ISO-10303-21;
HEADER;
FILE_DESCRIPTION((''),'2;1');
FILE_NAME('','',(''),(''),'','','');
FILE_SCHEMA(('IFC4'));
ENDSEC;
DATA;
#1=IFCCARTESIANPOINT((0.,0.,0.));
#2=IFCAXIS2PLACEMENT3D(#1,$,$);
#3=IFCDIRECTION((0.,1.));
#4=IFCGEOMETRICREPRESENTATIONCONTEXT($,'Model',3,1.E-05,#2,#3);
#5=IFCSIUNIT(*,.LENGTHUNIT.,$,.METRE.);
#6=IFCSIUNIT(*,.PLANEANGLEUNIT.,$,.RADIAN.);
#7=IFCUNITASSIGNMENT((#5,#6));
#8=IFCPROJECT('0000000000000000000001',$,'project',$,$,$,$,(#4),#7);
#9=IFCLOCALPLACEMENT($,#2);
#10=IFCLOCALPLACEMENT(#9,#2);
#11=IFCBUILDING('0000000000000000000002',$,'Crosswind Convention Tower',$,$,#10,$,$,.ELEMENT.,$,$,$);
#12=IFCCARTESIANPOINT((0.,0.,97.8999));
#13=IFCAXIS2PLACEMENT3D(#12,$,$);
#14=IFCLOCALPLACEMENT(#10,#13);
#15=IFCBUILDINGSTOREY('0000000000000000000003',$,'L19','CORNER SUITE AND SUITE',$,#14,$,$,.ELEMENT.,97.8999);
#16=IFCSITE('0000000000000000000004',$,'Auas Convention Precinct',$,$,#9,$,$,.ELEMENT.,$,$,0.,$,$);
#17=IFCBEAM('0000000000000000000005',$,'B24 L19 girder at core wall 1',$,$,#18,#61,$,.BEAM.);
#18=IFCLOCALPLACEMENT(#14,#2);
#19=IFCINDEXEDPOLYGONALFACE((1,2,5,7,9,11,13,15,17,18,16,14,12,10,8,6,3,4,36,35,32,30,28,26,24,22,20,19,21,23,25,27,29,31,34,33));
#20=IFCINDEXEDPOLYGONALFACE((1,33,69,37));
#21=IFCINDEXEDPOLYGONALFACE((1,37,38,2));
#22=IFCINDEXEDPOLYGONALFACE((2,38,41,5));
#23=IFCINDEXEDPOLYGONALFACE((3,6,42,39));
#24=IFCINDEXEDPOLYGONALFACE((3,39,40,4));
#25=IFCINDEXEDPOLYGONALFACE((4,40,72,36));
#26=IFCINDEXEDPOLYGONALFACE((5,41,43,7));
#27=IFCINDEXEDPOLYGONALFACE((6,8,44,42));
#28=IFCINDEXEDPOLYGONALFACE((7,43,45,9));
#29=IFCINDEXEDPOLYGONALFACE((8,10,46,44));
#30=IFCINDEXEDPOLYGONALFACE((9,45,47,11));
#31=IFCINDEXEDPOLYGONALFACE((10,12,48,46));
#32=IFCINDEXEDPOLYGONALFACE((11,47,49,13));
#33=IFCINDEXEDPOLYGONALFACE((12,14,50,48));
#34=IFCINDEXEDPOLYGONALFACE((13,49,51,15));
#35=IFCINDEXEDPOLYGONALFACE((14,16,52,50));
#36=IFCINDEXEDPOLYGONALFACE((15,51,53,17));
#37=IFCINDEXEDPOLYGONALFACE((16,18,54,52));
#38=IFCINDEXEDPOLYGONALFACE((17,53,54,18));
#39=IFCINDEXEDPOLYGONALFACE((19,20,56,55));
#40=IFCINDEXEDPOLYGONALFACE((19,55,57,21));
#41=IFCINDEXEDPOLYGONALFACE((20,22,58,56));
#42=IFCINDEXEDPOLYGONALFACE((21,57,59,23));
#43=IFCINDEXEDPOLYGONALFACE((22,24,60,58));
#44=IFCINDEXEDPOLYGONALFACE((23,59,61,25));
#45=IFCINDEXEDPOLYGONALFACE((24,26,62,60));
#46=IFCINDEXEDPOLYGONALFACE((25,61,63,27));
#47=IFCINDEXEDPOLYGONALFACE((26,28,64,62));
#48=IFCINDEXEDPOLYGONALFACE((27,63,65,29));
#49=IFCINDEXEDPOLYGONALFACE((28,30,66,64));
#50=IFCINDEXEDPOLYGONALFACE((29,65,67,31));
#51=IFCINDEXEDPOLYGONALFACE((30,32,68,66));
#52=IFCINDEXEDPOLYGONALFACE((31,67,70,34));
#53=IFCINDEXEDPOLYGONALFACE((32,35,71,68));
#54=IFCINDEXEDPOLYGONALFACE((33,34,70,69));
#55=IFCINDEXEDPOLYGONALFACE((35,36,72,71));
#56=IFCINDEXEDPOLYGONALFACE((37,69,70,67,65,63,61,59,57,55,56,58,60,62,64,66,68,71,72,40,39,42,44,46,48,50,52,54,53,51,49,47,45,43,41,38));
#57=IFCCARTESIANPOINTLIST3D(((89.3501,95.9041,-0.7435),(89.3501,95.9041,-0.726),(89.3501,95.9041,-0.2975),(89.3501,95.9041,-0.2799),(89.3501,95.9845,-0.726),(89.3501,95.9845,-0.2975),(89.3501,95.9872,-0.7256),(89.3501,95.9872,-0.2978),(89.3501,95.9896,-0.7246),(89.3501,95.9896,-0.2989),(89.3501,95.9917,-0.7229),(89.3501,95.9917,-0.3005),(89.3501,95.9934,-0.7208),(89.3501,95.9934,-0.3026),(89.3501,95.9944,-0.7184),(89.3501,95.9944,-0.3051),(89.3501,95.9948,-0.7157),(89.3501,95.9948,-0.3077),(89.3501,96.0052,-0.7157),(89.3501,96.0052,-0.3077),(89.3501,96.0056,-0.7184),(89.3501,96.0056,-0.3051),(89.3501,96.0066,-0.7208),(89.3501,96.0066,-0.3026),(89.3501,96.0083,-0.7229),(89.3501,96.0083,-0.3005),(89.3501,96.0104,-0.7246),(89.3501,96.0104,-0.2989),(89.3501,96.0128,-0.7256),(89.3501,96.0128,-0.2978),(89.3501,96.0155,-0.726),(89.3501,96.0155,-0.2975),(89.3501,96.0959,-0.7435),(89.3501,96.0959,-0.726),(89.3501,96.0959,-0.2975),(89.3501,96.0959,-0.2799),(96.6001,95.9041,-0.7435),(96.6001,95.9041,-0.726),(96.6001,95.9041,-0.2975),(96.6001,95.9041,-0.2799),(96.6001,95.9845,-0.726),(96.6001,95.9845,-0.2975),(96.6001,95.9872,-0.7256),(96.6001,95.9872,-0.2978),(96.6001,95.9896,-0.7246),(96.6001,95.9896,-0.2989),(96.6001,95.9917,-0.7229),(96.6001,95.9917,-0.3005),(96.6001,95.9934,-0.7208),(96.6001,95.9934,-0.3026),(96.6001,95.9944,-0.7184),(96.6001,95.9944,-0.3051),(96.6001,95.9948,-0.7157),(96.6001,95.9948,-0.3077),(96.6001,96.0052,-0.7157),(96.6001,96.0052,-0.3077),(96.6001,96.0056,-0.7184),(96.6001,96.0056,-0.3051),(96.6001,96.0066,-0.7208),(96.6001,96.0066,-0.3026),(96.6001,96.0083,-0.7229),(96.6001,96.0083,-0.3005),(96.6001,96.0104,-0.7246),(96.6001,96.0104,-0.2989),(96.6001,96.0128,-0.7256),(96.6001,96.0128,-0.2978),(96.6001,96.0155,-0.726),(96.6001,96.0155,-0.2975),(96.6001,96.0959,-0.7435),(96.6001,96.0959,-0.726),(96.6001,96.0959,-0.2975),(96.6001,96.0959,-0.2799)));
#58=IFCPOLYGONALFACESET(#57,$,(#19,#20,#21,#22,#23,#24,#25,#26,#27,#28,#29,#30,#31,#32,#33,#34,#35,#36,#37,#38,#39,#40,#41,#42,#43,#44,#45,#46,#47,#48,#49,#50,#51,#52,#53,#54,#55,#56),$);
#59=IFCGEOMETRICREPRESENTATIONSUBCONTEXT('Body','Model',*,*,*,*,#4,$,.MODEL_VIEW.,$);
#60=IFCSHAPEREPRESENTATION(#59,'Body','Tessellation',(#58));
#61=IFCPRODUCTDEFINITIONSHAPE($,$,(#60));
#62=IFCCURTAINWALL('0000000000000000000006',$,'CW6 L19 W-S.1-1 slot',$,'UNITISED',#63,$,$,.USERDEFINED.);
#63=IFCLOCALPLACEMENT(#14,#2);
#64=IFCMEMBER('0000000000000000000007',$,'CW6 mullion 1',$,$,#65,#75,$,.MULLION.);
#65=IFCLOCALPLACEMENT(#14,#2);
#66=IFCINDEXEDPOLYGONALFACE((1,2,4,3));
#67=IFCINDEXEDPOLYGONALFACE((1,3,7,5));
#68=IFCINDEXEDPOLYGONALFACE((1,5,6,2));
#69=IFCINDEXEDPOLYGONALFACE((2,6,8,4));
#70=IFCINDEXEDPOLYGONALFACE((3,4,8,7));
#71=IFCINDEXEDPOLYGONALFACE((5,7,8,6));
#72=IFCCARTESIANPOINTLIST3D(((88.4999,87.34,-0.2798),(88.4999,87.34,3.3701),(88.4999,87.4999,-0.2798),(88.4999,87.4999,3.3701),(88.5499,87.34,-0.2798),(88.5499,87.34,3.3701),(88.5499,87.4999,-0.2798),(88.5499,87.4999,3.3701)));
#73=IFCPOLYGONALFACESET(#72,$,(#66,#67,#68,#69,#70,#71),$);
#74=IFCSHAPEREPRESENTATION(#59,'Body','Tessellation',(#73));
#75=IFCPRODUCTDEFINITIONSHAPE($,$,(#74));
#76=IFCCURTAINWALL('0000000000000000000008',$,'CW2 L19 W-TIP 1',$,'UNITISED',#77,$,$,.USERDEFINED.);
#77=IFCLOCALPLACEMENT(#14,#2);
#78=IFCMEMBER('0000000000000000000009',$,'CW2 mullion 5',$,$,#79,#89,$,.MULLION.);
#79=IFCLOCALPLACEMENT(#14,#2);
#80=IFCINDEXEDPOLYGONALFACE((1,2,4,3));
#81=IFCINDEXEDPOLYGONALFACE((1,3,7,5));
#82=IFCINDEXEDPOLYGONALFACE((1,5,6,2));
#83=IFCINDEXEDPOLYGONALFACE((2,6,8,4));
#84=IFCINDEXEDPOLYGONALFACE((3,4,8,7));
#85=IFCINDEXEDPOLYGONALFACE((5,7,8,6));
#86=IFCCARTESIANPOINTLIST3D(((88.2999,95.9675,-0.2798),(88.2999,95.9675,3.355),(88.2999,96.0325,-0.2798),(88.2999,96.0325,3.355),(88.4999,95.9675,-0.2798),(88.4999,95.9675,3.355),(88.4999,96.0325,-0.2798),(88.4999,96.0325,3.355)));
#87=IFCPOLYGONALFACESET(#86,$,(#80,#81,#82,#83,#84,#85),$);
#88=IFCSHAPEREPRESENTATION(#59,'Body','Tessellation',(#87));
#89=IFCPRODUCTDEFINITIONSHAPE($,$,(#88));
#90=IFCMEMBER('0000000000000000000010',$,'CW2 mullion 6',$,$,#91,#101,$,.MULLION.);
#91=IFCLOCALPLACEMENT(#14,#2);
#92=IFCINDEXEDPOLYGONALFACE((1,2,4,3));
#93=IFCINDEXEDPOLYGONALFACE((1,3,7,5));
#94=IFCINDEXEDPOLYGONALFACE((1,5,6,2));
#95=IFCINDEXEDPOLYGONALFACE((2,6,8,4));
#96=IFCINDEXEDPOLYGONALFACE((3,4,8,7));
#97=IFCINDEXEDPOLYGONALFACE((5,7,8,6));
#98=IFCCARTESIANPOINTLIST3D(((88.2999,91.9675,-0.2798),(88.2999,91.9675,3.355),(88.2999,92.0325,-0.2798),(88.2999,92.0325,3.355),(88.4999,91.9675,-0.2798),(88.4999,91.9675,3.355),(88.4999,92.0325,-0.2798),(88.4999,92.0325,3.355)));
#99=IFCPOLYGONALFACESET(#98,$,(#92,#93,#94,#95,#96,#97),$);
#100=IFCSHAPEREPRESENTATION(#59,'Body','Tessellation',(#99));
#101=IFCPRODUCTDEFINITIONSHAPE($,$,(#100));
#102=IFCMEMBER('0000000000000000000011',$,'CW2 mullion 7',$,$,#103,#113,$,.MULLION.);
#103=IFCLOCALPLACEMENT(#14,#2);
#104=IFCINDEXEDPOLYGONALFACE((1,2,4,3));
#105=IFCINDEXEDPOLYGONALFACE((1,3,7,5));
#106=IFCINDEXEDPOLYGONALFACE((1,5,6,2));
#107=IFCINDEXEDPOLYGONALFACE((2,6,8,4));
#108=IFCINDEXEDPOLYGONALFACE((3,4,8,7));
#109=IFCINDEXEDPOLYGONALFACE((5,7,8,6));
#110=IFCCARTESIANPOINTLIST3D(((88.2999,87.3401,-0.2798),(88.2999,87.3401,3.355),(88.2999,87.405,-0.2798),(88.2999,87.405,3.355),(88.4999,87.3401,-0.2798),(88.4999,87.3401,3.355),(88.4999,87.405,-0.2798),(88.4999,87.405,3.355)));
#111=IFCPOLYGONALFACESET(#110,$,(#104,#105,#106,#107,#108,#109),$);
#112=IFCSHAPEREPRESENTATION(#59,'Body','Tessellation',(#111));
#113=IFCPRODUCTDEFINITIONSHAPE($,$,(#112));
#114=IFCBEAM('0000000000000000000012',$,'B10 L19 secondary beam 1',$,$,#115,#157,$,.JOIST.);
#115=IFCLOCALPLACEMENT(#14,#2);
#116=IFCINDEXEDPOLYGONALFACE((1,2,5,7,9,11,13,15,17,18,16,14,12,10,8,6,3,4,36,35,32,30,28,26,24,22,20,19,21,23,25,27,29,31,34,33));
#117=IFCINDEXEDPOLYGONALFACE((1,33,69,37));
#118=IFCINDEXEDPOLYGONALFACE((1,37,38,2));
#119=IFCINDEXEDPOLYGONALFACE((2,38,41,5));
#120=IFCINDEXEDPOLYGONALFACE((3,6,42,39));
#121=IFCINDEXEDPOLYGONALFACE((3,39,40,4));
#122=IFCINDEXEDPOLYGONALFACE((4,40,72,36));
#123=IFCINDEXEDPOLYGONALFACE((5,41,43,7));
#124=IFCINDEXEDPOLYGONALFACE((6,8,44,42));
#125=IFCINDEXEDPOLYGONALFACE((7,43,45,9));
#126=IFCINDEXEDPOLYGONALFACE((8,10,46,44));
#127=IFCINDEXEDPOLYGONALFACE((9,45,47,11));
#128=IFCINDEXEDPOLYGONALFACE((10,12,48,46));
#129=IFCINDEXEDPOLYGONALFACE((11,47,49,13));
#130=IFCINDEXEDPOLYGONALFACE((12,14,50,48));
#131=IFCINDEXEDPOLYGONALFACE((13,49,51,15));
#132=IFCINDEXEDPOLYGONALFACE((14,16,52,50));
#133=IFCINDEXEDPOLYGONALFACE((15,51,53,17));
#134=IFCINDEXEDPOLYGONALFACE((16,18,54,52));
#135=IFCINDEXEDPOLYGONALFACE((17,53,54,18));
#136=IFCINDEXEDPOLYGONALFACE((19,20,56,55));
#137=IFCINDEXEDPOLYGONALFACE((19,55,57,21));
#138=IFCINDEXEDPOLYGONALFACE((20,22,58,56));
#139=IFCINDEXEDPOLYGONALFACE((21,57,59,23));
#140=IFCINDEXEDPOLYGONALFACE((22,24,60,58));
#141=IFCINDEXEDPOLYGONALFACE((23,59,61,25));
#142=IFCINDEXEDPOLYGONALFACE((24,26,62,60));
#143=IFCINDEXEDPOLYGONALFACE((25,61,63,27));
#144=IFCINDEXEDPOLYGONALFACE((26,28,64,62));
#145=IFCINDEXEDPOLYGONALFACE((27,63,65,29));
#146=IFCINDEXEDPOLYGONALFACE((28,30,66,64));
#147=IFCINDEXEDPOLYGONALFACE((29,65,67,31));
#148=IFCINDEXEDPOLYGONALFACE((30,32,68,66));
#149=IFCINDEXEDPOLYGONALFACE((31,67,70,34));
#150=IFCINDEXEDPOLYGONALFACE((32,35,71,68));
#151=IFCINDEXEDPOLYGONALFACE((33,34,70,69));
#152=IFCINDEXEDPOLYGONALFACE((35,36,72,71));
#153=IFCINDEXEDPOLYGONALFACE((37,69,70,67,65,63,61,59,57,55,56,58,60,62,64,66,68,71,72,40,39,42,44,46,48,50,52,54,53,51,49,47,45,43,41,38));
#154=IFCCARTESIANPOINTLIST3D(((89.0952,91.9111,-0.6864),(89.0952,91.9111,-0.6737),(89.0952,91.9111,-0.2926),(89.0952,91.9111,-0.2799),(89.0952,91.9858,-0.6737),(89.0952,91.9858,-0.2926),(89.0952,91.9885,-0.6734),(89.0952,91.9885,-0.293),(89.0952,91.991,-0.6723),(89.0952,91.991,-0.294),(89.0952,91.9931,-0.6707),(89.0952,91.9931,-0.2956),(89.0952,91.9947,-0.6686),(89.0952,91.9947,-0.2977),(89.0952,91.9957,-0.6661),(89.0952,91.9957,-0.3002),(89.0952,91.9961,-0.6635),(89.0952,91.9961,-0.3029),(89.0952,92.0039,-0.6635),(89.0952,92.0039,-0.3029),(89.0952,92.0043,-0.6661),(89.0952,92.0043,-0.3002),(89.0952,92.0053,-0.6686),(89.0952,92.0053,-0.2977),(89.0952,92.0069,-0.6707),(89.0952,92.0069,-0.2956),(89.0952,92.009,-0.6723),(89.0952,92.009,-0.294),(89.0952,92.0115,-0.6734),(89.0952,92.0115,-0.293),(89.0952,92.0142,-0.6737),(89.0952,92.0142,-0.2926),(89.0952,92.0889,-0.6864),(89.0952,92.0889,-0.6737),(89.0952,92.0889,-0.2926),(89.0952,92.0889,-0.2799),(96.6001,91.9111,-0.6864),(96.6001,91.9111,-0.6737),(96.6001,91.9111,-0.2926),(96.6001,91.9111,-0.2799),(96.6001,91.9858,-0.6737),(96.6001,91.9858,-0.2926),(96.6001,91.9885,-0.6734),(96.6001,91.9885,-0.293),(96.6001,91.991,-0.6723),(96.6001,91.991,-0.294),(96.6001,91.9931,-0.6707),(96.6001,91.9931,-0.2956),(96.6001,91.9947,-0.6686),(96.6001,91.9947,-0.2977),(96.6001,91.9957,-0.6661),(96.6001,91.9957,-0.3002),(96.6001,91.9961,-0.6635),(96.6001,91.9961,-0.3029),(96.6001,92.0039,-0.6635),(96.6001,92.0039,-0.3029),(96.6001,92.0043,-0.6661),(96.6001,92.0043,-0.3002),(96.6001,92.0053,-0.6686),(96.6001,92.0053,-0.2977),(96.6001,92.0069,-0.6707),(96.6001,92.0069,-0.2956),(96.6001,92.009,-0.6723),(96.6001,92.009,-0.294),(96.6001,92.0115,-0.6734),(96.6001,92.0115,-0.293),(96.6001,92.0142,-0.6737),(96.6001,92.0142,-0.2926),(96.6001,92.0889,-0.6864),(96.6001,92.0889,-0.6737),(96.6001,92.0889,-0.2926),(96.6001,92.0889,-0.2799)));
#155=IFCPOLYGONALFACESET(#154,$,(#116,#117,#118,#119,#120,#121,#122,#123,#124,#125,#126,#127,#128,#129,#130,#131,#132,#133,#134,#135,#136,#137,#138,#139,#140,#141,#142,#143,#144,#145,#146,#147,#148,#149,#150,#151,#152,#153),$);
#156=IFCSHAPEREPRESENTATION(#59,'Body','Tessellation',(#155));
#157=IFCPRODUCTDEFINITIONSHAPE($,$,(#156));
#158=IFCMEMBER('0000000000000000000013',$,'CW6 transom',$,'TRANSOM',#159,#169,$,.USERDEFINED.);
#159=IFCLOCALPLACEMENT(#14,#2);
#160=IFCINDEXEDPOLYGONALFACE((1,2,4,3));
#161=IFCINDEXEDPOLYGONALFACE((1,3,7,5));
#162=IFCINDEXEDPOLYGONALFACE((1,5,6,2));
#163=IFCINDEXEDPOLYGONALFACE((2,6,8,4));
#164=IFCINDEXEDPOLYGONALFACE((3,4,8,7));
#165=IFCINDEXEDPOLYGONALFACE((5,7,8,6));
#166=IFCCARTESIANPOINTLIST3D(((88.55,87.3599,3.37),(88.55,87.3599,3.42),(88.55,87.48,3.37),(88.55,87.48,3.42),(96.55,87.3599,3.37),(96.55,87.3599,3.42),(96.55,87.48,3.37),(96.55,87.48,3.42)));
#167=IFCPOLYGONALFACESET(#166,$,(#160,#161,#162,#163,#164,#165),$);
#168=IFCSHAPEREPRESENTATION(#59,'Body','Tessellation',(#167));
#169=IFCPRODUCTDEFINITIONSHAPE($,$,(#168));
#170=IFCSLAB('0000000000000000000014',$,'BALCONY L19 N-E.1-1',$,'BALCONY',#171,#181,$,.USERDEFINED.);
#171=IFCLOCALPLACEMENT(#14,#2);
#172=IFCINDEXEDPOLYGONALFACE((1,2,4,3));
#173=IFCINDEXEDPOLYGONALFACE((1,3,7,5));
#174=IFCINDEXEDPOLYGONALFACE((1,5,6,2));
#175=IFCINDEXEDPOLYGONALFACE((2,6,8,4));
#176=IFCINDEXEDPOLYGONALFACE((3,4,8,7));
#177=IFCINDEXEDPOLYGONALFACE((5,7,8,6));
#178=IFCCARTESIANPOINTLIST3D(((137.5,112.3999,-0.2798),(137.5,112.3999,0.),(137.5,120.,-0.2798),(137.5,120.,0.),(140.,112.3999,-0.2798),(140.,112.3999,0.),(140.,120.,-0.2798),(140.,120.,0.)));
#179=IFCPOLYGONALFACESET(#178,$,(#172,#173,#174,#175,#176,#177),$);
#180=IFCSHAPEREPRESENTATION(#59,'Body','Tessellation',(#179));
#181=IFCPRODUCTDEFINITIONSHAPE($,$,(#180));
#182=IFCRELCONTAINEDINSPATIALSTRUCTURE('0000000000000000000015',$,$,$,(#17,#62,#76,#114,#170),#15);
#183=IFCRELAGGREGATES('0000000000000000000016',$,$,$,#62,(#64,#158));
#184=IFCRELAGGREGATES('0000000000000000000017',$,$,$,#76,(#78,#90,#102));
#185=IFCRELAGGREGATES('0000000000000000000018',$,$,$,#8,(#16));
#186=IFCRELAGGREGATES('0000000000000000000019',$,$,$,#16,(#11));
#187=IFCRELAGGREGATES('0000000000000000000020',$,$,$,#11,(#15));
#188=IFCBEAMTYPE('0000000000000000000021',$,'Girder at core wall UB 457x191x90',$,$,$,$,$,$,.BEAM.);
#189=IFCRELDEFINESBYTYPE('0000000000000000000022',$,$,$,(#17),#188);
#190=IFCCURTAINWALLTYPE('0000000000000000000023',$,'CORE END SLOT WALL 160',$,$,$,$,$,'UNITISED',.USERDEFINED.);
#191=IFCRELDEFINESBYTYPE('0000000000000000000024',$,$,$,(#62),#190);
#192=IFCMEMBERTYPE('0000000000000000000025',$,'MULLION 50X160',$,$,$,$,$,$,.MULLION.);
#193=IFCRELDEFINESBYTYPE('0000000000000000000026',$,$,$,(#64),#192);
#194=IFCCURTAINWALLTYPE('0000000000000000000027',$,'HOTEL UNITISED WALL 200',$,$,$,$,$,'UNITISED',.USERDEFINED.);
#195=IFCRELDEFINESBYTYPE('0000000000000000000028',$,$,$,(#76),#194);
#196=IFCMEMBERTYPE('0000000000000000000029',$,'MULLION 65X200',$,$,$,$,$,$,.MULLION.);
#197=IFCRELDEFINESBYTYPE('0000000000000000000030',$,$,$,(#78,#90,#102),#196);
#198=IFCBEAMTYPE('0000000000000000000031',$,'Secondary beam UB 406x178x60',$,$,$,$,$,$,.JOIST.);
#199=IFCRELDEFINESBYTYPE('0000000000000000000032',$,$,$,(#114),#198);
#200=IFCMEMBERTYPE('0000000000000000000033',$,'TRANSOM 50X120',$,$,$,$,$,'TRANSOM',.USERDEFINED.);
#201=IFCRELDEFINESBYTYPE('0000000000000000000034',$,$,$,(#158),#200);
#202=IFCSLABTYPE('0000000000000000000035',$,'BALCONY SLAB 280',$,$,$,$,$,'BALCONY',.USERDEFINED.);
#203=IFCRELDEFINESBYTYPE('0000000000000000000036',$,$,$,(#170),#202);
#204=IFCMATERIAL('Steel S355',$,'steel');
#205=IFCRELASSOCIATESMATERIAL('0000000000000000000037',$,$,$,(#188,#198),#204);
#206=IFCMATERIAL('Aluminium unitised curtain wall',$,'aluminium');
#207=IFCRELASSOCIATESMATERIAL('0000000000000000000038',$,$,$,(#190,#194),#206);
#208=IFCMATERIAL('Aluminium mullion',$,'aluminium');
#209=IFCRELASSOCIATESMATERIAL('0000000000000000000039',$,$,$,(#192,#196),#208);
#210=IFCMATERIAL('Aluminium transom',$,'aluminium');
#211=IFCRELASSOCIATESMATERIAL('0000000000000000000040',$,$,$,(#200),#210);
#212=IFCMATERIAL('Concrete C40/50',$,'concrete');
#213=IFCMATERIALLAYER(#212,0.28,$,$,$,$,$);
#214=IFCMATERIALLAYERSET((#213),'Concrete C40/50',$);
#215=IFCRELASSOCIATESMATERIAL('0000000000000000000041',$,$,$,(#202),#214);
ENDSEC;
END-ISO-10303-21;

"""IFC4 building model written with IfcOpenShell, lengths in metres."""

from ifc_helpers import new_model, si_unit, direction, frame, origin, origin_2d, place, context, subcontext, project, spatial, polyline, rectangle, i_section, outline, extrude, material, layer, layer_set, material_profile, profile_set, type_object, element, aggregate, save


model = new_model("IFC4")

# Units and contexts
model_context = context("Model", 3, precision=1e-05, world=origin(), true_north=direction((0.0, 1.0)))
body_context = subcontext(model_context, "Body", "Model", "MODEL_VIEW")
ifc_project = project(units=[si_unit("LENGTHUNIT", "METRE"), si_unit("PLANEANGLEUNIT", "RADIAN")], contexts=[model_context])

# Site, building, storey
site_placement = place(None, origin())
site = spatial("IfcSite", under=ifc_project, at=site_placement, Name="Auas Convention Precinct", CompositionType="ELEMENT", RefElevation=0.0)
building_placement = place(site_placement, origin())
building = spatial("IfcBuilding", under=site, at=building_placement, Name="Crosswind Convention Tower", CompositionType="ELEMENT")
storey_placement = place(building_placement, frame((0.0, 0.0, 97.8999)))
storey = spatial("IfcBuildingStorey", under=building, at=storey_placement, Name="L19", Description="CORNER SUITE AND SUITE", CompositionType="ELEMENT", Elevation=97.8999)

# Beam
ifc_material_1 = material(Name="Steel S355", Category="steel")
ifc_material_profile_1 = material_profile(ifc_material_1, i_section(OverallWidth=0.1919, OverallDepth=0.4636, WebThickness=0.0105, FlangeThickness=0.0176, FilletRadius=0.0103, at=origin_2d()), Name="UB 457x191x90")
ifc_profile_set_1 = profile_set([ifc_material_profile_1], Name="Steel S355")
beam_type_1 = type_object("IfcBeamType", Name="Girder at core wall UB 457x191x90", PredefinedType="BEAM", material=ifc_profile_set_1)
beam_1_placement = place(storey_placement, frame((89.3501, 96.0, -0.5117), z_axis=(1.0, 0.0, 0.0), x_axis=(0.0, 1.0, 0.0)))
element("IfcBeam", 1, at=beam_1_placement, inside=storey, type_object=beam_type_1, Name="B24 L19 girder at core wall 1", PredefinedType="BEAM", context=body_context, shape_type="SweptSolid", body=[
    extrude(i_section(OverallWidth=0.1919, OverallDepth=0.4636, WebThickness=0.0105, FlangeThickness=0.0176, FilletRadius=0.0103, at=origin_2d()), origin(), (0.0, 0.0, 1.0), 7.25),
])

# Curtain wall, member
ifc_material_2 = material(Name="Aluminium unitised curtain wall", Category="aluminium")
curtain_wall_type_1 = type_object("IfcCurtainWallType", Name="CORE END SLOT WALL 160", ElementType="UNITISED", PredefinedType="USERDEFINED", material=ifc_material_2)
curtain_wall_1_placement = place(storey_placement, origin())
curtain_wall_1 = element("IfcCurtainWall", 2, at=curtain_wall_1_placement, inside=storey, type_object=curtain_wall_type_1, Name="CW6 L19 W-S.1-1 slot", ObjectType="UNITISED", PredefinedType="USERDEFINED")
ifc_material_3 = material(Name="Aluminium mullion", Category="aluminium")
ifc_material_profile_2 = material_profile(ifc_material_3, rectangle(XDim=0.1599, YDim=0.05, at=origin_2d()), Name="AL 160X50")
ifc_profile_set_2 = profile_set([ifc_material_profile_2], Name="Aluminium mullion")
member_type_1 = type_object("IfcMemberType", Name="MULLION 50X160", PredefinedType="MULLION", material=ifc_profile_set_2)
member_1_placement = place(storey_placement, frame((88.5249, 87.4199, -0.2798), z_axis=(0.0, 0.0, 1.0), x_axis=(0.0, -1.0, 0.0)))
member_1 = element("IfcMember", 3, at=member_1_placement, type_object=member_type_1, Name="CW6 mullion 1", PredefinedType="MULLION", context=body_context, shape_type="SweptSolid", body=[
    extrude(rectangle(XDim=0.1599, YDim=0.05, at=origin_2d()), origin(), (0.0, 0.0, 1.0), 3.6499),
])

# Curtain wall, members
curtain_wall_type_2 = type_object("IfcCurtainWallType", Name="HOTEL UNITISED WALL 200", ElementType="UNITISED", PredefinedType="USERDEFINED", material=ifc_material_2)
curtain_wall_2_placement = place(storey_placement, origin())
curtain_wall_2 = element("IfcCurtainWall", 4, at=curtain_wall_2_placement, inside=storey, type_object=curtain_wall_type_2, Name="CW2 L19 W-TIP 1", ObjectType="UNITISED", PredefinedType="USERDEFINED")
ifc_material_profile_3 = material_profile(ifc_material_3, rectangle(XDim=0.2, YDim=0.0649, at=origin_2d()), Name="AL 200X65")
ifc_profile_set_3 = profile_set([ifc_material_profile_3], Name="Aluminium mullion")
member_type_2 = type_object("IfcMemberType", Name="MULLION 65X200", PredefinedType="MULLION", material=ifc_profile_set_3)
member_2_placement = place(storey_placement, frame((88.3999, 96.0, -0.2798), z_axis=(0.0, 0.0, 1.0), x_axis=(-1.0, 0.0, 0.0)))
member_2 = element("IfcMember", 5, at=member_2_placement, type_object=member_type_2, Name="CW2 mullion 5", PredefinedType="MULLION", context=body_context, shape_type="SweptSolid", body=[
    extrude(rectangle(XDim=0.2, YDim=0.0649, at=origin_2d()), origin(), (0.0, 0.0, 1.0), 3.6348),
])
member_3_placement = place(storey_placement, frame((88.3999, 92.0, -0.2798), z_axis=(0.0, 0.0, 1.0), x_axis=(-1.0, 0.0, 0.0)))
member_3 = element("IfcMember", 6, at=member_3_placement, type_object=member_type_2, Name="CW2 mullion 6", PredefinedType="MULLION", context=body_context, shape_type="SweptSolid", body=[
    extrude(rectangle(XDim=0.2, YDim=0.0649, at=origin_2d()), origin(), (0.0, 0.0, 1.0), 3.6348),
])
member_4_placement = place(storey_placement, frame((88.3999, 87.3726, -0.2798), z_axis=(0.0, 0.0, 1.0), x_axis=(-1.0, 0.0, 0.0)))
member_4 = element("IfcMember", 7, at=member_4_placement, type_object=member_type_2, Name="CW2 mullion 7", PredefinedType="MULLION", context=body_context, shape_type="SweptSolid", body=[
    extrude(rectangle(XDim=0.2, YDim=0.0649, at=origin_2d()), origin(), (0.0, 0.0, 1.0), 3.6348),
])

# Beam
ifc_material_profile_4 = material_profile(ifc_material_1, i_section(OverallWidth=0.1777, OverallDepth=0.4065, WebThickness=0.0078, FlangeThickness=0.0127, FilletRadius=0.0103, at=origin_2d()), Name="UB 406x178x60")
ifc_profile_set_4 = profile_set([ifc_material_profile_4], Name="Steel S355")
beam_type_2 = type_object("IfcBeamType", Name="Secondary beam UB 406x178x60", PredefinedType="JOIST", material=ifc_profile_set_4)
beam_2_placement = place(storey_placement, frame((89.0952, 92.0, -0.4832), z_axis=(1.0, 0.0, 0.0), x_axis=(0.0, 1.0, 0.0)))
element("IfcBeam", 8, at=beam_2_placement, inside=storey, type_object=beam_type_2, Name="B10 L19 secondary beam 1", PredefinedType="JOIST", context=body_context, shape_type="SweptSolid", body=[
    extrude(i_section(OverallWidth=0.1777, OverallDepth=0.4065, WebThickness=0.0078, FlangeThickness=0.0127, FilletRadius=0.0103, at=origin_2d()), origin(), (0.0, 0.0, 1.0), 7.5049),
])

# Member
ifc_material_4 = material(Name="Aluminium transom", Category="aluminium")
ifc_material_profile_5 = material_profile(ifc_material_4, rectangle(XDim=0.1201, YDim=0.05, at=origin_2d()), Name="AL 120X50")
ifc_profile_set_5 = profile_set([ifc_material_profile_5], Name="Aluminium transom")
member_type_3 = type_object("IfcMemberType", Name="TRANSOM 50X120", ElementType="TRANSOM", PredefinedType="USERDEFINED", material=ifc_profile_set_5)
member_5_placement = place(storey_placement, frame((88.55, 87.4199, 3.395), z_axis=(1.0, 0.0, 0.0), x_axis=(0.0, 1.0, 0.0)))
member_5 = element("IfcMember", 9, at=member_5_placement, type_object=member_type_3, Name="CW6 transom", ObjectType="TRANSOM", PredefinedType="USERDEFINED", context=body_context, shape_type="SweptSolid", body=[
    extrude(rectangle(XDim=0.1201, YDim=0.05, at=origin_2d()), origin(), (0.0, 0.0, 1.0), 8.0),
])

# Slab
ifc_material_5 = material(Name="Concrete C40/50", Category="concrete")
ifc_layer_1 = layer(ifc_material_5, 0.28)
ifc_layer_set_1 = layer_set([ifc_layer_1], Name="Concrete C40/50")
slab_type_1 = type_object("IfcSlabType", Name="BALCONY SLAB 280", ElementType="BALCONY", PredefinedType="USERDEFINED", material=ifc_layer_set_1)
slab_1_placement = place(storey_placement, frame((0.0, 0.0, -0.2798)))
element("IfcSlab", 10, at=slab_1_placement, inside=storey, type_object=slab_type_1, Name="BALCONY L19 N-E.1-1", ObjectType="BALCONY", PredefinedType="USERDEFINED", context=body_context, shape_type="SweptSolid", body=[
    extrude(outline(polyline([(137.5, 112.3999), (137.5, 120.0), (140.0, 120.0), (140.0, 112.3999), (137.5, 112.3999)])), origin(), (0.0, 0.0, 1.0), 0.2798),
])

aggregate(curtain_wall_1, [member_1, member_5])
aggregate(curtain_wall_2, [member_2, member_3, member_4])

save(model, "model.ifc")
